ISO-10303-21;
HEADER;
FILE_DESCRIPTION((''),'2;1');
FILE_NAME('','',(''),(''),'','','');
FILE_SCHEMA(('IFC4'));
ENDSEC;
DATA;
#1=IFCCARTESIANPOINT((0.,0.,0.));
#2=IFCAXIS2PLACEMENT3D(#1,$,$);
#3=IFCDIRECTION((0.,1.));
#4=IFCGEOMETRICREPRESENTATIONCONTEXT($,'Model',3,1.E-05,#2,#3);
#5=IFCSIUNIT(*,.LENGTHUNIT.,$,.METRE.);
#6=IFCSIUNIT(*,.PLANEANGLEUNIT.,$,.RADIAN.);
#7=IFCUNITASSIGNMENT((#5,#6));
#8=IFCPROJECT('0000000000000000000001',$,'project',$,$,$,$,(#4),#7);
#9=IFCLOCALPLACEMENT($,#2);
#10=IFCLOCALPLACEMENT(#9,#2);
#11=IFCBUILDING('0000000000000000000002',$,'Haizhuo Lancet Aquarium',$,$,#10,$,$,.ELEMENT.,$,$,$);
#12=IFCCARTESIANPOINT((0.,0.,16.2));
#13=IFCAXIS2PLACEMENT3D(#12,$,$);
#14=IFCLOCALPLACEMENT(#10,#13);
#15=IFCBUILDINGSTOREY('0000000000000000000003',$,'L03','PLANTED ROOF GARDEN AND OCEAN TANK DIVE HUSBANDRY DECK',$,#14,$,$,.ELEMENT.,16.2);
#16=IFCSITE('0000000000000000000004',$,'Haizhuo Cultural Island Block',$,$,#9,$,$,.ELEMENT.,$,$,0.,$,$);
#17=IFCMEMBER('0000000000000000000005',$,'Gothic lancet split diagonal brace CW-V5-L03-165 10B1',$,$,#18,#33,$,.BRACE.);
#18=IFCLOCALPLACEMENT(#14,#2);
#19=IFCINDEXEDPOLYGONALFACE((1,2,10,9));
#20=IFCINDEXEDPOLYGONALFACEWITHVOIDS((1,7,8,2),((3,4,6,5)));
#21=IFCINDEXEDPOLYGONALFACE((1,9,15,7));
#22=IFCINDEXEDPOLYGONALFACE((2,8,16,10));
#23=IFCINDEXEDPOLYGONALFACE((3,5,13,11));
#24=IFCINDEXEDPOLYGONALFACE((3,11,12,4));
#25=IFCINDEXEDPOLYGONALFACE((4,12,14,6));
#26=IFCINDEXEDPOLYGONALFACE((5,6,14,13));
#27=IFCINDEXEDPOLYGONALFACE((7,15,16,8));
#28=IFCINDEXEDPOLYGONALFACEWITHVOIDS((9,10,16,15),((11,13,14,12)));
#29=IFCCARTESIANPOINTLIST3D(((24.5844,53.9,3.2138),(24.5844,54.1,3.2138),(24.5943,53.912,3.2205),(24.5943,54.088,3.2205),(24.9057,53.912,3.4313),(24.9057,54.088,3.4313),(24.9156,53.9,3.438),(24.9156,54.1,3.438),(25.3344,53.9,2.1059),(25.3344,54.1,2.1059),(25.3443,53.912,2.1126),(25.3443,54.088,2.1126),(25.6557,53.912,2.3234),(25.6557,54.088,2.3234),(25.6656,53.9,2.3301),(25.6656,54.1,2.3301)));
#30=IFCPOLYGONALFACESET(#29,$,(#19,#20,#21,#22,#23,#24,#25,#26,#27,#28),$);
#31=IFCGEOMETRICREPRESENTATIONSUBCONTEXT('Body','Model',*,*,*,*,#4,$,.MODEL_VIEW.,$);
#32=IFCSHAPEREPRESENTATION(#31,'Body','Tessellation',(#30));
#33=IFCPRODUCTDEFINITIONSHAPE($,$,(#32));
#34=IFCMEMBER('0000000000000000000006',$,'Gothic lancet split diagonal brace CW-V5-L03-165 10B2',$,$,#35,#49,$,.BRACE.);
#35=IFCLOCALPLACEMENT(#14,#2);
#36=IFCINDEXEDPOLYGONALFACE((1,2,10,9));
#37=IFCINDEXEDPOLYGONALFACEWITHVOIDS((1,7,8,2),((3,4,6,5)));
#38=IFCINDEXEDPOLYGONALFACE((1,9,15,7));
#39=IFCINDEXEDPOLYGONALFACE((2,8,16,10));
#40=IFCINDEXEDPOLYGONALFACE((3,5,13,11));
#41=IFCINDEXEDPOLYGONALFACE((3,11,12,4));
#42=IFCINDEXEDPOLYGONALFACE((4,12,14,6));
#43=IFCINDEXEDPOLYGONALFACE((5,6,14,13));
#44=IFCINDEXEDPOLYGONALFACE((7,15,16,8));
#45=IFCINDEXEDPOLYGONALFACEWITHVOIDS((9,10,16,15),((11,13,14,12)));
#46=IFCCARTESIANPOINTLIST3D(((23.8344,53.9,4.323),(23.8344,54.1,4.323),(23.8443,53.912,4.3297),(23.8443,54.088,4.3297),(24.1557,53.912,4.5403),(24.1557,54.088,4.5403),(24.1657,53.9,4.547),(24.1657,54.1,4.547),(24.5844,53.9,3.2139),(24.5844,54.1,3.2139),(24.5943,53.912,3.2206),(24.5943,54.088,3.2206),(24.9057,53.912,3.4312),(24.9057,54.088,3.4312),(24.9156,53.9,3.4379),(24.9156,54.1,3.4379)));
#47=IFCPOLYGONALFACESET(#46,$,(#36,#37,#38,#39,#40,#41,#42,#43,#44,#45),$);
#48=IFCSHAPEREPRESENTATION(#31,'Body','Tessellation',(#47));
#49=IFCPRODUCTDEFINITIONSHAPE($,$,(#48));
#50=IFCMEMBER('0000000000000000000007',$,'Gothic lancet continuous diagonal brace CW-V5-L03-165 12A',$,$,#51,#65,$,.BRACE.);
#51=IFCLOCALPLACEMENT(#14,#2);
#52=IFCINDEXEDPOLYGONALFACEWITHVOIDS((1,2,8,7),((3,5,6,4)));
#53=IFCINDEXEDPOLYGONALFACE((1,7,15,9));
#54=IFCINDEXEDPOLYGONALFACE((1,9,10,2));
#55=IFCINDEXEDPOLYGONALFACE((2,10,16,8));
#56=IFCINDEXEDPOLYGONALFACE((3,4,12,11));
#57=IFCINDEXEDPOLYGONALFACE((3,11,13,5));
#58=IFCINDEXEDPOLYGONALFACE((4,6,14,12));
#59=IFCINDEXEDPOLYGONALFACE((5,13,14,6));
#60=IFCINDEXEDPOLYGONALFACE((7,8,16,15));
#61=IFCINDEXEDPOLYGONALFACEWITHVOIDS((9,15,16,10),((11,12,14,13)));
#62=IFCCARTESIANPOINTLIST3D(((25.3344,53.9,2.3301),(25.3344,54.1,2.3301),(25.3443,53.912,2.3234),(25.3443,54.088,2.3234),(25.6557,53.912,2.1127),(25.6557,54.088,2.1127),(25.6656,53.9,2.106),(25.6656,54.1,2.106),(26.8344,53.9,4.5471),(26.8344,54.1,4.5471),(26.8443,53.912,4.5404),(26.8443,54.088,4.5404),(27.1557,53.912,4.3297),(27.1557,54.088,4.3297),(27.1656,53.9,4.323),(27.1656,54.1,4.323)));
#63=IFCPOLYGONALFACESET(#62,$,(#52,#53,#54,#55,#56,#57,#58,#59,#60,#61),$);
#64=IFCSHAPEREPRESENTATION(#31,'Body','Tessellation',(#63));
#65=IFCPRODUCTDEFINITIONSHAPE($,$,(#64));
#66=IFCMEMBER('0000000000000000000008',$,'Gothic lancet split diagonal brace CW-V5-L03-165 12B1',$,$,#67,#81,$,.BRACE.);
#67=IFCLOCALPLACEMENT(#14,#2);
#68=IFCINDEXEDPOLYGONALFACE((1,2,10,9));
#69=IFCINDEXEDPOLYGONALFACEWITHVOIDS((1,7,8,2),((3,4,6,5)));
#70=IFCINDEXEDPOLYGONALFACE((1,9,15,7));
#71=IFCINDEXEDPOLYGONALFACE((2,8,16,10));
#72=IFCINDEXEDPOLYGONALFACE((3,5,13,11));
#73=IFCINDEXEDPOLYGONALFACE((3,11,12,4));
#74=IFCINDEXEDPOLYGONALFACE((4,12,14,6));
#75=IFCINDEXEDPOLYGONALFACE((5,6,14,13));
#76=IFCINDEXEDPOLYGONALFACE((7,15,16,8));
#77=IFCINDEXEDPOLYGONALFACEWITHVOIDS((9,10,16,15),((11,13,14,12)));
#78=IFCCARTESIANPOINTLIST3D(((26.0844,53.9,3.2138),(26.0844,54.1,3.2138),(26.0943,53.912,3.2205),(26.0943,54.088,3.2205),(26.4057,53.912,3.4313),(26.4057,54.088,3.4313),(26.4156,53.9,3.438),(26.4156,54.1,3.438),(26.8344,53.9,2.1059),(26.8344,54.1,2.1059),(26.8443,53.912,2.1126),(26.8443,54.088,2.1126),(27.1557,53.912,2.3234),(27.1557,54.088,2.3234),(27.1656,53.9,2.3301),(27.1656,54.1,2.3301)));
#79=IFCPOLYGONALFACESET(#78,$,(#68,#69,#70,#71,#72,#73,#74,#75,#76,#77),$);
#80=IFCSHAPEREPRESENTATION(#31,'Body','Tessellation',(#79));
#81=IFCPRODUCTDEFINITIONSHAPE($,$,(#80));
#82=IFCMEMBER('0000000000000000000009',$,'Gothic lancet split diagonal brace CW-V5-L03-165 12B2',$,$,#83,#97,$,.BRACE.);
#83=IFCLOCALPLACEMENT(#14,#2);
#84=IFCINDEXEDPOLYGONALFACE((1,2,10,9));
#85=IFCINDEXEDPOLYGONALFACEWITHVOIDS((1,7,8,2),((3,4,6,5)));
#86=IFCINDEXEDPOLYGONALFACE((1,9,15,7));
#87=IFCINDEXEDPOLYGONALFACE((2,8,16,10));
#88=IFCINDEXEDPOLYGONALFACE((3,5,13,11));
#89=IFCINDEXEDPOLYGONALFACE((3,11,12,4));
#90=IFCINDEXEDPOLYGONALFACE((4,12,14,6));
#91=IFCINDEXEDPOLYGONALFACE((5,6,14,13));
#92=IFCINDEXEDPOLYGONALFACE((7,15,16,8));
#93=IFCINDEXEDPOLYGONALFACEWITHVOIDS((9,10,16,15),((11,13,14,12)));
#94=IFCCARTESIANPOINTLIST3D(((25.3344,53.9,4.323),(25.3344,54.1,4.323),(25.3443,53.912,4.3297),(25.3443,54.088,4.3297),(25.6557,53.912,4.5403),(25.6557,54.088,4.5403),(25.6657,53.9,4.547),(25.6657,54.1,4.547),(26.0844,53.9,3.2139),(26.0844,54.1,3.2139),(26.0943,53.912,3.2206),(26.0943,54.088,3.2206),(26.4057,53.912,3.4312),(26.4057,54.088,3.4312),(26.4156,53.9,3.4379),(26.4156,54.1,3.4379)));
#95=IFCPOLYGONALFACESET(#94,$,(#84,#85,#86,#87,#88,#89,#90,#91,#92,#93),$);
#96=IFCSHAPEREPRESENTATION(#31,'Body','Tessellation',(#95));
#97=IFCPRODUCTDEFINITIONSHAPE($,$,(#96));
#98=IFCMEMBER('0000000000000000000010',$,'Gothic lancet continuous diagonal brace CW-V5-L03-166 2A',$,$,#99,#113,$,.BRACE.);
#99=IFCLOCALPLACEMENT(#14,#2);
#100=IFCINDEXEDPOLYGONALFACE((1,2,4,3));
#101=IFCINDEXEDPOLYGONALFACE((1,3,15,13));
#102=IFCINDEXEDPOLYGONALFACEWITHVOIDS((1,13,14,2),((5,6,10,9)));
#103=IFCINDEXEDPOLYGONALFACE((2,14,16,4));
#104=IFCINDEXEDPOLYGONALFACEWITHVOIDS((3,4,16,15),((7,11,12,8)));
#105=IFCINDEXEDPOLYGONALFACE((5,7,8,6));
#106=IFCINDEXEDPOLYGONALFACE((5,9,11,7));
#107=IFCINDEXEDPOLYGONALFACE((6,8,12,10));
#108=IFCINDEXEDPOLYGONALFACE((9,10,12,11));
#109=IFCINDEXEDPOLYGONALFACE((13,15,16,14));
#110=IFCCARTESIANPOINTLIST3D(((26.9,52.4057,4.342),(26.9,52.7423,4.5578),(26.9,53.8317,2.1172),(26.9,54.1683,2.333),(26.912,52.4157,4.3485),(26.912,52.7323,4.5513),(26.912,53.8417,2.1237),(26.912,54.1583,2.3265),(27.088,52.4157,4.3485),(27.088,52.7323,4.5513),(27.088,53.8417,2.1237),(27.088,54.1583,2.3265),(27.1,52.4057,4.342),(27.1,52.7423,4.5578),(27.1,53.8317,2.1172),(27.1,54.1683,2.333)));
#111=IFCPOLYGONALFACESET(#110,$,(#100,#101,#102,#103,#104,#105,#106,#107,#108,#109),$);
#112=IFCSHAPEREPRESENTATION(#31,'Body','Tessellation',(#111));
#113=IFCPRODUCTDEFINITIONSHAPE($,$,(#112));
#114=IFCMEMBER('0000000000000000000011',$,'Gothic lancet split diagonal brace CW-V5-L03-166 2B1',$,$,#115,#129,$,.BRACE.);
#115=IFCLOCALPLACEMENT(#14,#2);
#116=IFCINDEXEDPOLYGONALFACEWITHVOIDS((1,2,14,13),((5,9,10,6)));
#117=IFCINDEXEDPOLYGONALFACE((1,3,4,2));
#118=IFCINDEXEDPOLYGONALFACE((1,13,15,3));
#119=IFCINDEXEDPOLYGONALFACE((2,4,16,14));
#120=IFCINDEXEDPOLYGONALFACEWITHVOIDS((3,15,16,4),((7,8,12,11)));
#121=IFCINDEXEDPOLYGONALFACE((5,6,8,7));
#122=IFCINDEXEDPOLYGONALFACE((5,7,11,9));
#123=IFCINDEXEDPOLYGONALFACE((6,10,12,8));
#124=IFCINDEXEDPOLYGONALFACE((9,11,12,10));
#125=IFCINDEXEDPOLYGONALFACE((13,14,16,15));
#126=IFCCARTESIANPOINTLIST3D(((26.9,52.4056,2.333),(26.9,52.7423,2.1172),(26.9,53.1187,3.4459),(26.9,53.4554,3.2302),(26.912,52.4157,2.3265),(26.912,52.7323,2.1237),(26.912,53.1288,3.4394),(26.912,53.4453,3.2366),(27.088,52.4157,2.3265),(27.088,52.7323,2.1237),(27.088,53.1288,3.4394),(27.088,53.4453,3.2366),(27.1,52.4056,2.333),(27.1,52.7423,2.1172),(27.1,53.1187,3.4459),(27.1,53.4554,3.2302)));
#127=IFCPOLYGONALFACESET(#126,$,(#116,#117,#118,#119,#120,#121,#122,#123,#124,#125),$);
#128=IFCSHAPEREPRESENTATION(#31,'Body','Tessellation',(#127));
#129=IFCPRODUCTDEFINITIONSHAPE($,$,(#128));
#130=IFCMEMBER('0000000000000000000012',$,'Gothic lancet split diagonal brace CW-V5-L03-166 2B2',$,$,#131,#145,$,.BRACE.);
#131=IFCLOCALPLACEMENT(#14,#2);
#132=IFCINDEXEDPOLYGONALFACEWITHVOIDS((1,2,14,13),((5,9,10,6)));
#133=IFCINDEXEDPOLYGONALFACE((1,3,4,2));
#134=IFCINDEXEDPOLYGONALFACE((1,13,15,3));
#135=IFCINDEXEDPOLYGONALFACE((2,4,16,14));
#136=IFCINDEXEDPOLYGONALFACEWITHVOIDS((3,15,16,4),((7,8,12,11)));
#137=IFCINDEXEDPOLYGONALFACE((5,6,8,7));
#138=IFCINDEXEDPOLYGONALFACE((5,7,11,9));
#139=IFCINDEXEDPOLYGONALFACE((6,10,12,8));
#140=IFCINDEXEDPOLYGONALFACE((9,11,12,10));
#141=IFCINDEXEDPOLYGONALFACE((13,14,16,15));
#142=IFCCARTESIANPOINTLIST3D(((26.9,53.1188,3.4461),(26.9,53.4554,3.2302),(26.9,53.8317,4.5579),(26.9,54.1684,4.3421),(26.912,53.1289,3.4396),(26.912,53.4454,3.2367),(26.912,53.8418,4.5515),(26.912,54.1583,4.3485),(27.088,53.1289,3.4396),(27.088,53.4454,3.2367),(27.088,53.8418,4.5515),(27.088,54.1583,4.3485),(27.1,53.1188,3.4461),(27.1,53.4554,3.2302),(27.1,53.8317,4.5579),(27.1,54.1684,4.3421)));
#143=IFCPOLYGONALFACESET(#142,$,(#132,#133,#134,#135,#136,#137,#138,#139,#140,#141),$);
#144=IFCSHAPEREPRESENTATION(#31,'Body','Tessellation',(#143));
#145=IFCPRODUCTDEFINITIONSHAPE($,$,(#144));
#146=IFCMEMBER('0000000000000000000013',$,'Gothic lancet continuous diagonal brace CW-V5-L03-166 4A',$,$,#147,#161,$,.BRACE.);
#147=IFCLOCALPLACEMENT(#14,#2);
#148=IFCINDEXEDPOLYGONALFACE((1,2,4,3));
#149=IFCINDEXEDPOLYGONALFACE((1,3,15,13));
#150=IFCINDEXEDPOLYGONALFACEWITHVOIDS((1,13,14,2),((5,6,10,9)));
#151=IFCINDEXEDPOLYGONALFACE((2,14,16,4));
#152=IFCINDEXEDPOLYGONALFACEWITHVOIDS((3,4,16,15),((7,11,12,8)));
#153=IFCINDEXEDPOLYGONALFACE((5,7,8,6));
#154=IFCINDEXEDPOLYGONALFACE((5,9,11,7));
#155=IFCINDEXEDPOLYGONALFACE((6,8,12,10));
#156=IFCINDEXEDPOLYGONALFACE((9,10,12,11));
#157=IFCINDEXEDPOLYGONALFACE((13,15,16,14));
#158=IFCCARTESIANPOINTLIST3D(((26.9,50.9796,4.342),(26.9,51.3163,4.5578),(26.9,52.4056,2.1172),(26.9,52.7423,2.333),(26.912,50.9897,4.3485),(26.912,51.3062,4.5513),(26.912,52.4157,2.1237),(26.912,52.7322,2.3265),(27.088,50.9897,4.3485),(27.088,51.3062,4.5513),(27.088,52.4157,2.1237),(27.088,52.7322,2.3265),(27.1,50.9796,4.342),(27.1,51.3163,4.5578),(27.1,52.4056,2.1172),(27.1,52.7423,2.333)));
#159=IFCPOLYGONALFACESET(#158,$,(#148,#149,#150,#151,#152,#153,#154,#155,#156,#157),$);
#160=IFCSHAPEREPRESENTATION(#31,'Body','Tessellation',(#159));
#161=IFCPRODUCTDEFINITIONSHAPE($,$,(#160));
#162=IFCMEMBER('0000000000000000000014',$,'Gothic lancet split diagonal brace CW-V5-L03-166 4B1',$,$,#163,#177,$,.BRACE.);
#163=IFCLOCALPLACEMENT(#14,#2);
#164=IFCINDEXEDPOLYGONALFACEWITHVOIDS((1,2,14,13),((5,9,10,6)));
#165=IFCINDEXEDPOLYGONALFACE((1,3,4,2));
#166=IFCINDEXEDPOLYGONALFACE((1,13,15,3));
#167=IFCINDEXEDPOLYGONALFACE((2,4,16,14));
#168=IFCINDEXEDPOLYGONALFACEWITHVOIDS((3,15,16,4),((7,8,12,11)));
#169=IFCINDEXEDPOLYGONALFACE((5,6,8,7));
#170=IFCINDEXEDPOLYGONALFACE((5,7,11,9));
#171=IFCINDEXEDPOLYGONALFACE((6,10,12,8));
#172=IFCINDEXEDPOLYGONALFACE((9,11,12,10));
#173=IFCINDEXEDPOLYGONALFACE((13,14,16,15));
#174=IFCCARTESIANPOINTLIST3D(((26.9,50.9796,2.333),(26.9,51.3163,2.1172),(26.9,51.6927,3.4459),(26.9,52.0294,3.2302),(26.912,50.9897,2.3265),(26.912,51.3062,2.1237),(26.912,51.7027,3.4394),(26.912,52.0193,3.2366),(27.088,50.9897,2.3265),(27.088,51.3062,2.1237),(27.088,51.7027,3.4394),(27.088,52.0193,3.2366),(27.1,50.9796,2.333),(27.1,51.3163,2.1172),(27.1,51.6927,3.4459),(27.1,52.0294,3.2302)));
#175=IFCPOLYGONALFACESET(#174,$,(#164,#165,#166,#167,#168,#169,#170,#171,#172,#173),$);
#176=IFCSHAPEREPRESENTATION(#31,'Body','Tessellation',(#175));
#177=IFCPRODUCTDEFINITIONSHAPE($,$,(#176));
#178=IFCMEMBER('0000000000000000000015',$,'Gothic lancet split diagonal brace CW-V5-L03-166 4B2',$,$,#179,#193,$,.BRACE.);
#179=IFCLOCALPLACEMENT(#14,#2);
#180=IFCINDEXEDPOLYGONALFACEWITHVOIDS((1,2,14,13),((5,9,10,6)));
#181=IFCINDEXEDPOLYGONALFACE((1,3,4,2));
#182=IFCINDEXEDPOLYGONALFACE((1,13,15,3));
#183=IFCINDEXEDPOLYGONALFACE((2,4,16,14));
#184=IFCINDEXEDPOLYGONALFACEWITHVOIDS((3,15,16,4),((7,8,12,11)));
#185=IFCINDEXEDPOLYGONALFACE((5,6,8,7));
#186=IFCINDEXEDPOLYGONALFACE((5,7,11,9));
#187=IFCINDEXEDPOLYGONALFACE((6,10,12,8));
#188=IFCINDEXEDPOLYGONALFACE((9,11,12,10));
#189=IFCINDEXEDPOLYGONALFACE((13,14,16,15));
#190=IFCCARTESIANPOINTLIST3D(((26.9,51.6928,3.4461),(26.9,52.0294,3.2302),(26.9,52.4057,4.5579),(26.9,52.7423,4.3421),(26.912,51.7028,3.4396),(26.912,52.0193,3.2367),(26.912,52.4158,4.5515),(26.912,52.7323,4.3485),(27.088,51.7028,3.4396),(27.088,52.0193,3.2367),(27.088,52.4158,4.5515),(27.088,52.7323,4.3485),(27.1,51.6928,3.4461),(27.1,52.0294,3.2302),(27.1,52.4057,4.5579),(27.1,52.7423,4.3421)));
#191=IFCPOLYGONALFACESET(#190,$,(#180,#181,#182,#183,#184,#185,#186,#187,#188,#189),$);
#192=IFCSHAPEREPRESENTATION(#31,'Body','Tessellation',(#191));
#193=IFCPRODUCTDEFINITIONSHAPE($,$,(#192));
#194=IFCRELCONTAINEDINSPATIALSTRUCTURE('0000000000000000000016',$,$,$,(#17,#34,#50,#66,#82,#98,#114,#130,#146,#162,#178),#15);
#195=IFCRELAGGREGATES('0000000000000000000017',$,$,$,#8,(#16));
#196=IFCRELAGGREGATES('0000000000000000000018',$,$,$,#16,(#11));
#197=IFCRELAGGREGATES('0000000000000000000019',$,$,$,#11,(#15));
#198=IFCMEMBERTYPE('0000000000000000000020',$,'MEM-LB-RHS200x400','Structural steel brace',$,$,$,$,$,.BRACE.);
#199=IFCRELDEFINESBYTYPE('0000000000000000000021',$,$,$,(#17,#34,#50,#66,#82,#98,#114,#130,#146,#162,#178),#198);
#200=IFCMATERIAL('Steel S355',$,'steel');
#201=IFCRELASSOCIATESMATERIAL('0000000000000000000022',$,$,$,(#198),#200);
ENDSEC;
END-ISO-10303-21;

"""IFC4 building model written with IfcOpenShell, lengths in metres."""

from ifc_helpers import new_model, si_unit, direction, frame, origin, origin_2d, place, context, subcontext, project, spatial, hollow_rectangle, extrude, material, material_profile, profile_set, type_object, element, save


model = new_model("IFC4")

# Units and contexts
model_context = context("Model", 3, precision=1e-05, world=origin(), true_north=direction((0.0, 1.0)))
body_context = subcontext(model_context, "Body", "Model", "MODEL_VIEW")
ifc_project = project(units=[si_unit("LENGTHUNIT", "METRE"), si_unit("PLANEANGLEUNIT", "RADIAN")], contexts=[model_context])

# Site, building, storey
site_placement = place(None, origin())
site = spatial("IfcSite", under=ifc_project, at=site_placement, Name="Haizhuo Cultural Island Block", CompositionType="ELEMENT", RefElevation=0.0)
building_placement = place(site_placement, origin())
building = spatial("IfcBuilding", under=site, at=building_placement, Name="Haizhuo Lancet Aquarium", CompositionType="ELEMENT")
storey_placement = place(building_placement, frame((0.0, 0.0, 16.2)))
storey = spatial("IfcBuildingStorey", under=building, at=storey_placement, Name="L03", Description="PLANTED ROOF GARDEN AND OCEAN TANK DIVE HUSBANDRY DECK", CompositionType="ELEMENT", Elevation=16.2)

# Members
ifc_material_1 = material(Name="Steel S355", Category="steel")
ifc_material_profile_1 = material_profile(ifc_material_1, hollow_rectangle(XDim=0.2, YDim=0.3999, WallThickness=0.012, at=origin_2d()), Name="RHS 200x400x12")
ifc_profile_set_1 = profile_set([ifc_material_profile_1], Name="Steel S355")
member_type_1 = type_object("IfcMemberType", Name="MEM-LB-RHS200x400", Description="Structural steel brace", PredefinedType="BRACE", material=ifc_profile_set_1)
member_1_placement = place(storey_placement, frame((25.5, 54.0, 2.218), z_axis=(-0.560582, 0.0, 0.828099), x_axis=(0.0, -1.0, 0.0)))
element("IfcMember", 1, at=member_1_placement, inside=storey, type_object=member_type_1, Name="Gothic lancet split diagonal brace CW-V5-L03-165 10B1", PredefinedType="BRACE", context=body_context, shape_type="SweptSolid", body=[
    extrude(hollow_rectangle(XDim=0.2, YDim=0.3999, WallThickness=0.012, at=origin_2d()), origin(), (0.0, 0.0, 1.0), 1.3379),
])
member_2_placement = place(storey_placement, frame((24.75, 54.0, 3.3259), z_axis=(-0.560159, 0.0, 0.828385), x_axis=(0.0, -1.0, 0.0)))
element("IfcMember", 2, at=member_2_placement, inside=storey, type_object=member_type_1, Name="Gothic lancet split diagonal brace CW-V5-L03-165 10B2", PredefinedType="BRACE", context=body_context, shape_type="SweptSolid", body=[
    extrude(hollow_rectangle(XDim=0.2, YDim=0.3999, WallThickness=0.012, at=origin_2d()), origin(), (0.0, 0.0, 1.0), 1.3389),
])
member_3_placement = place(storey_placement, frame((25.5, 54.0, 2.218), z_axis=(0.56037, 0.0, 0.828242), x_axis=(0.0, 1.0, 0.0)))
element("IfcMember", 3, at=member_3_placement, inside=storey, type_object=member_type_1, Name="Gothic lancet continuous diagonal brace CW-V5-L03-165 12A", PredefinedType="BRACE", context=body_context, shape_type="SweptSolid", body=[
    extrude(hollow_rectangle(XDim=0.2, YDim=0.3999, WallThickness=0.012, at=origin_2d()), origin(), (0.0, 0.0, 1.0), 2.6768),
])
member_4_placement = place(storey_placement, frame((27.0, 54.0, 2.218), z_axis=(-0.560582, 0.0, 0.828099), x_axis=(0.0, -1.0, 0.0)))
element("IfcMember", 4, at=member_4_placement, inside=storey, type_object=member_type_1, Name="Gothic lancet split diagonal brace CW-V5-L03-165 12B1", PredefinedType="BRACE", context=body_context, shape_type="SweptSolid", body=[
    extrude(hollow_rectangle(XDim=0.2, YDim=0.3999, WallThickness=0.012, at=origin_2d()), origin(), (0.0, 0.0, 1.0), 1.3379),
])
member_5_placement = place(storey_placement, frame((26.25, 54.0, 3.3259), z_axis=(-0.560159, 0.0, 0.828385), x_axis=(0.0, -1.0, 0.0)))
element("IfcMember", 5, at=member_5_placement, inside=storey, type_object=member_type_1, Name="Gothic lancet split diagonal brace CW-V5-L03-165 12B2", PredefinedType="BRACE", context=body_context, shape_type="SweptSolid", body=[
    extrude(hollow_rectangle(XDim=0.2, YDim=0.3999, WallThickness=0.012, at=origin_2d()), origin(), (0.0, 0.0, 1.0), 1.3389),
])
member_6_placement = place(storey_placement, frame((27.0, 54.0, 2.2251), z_axis=(0.0, -0.539622, 0.841907), x_axis=(1.0, 0.0, 0.0)))
element("IfcMember", 6, at=member_6_placement, inside=storey, type_object=member_type_1, Name="Gothic lancet continuous diagonal brace CW-V5-L03-166 2A", PredefinedType="BRACE", context=body_context, shape_type="SweptSolid", body=[
    extrude(hollow_rectangle(XDim=0.2, YDim=0.3999, WallThickness=0.012, at=origin_2d()), origin(), (0.0, 0.0, 1.0), 2.6426),
])
member_7_placement = place(storey_placement, frame((27.0, 52.574, 2.2251), z_axis=(0.0, 0.539478, 0.842), x_axis=(-1.0, 0.0, 0.0)))
element("IfcMember", 7, at=member_7_placement, inside=storey, type_object=member_type_1, Name="Gothic lancet split diagonal brace CW-V5-L03-166 2B1", PredefinedType="BRACE", context=body_context, shape_type="SweptSolid", body=[
    extrude(hollow_rectangle(XDim=0.2, YDim=0.3999, WallThickness=0.012, at=origin_2d()), origin(), (0.0, 0.0, 1.0), 1.3218),
])
member_8_placement = place(storey_placement, frame((27.0, 53.2871, 3.3381), z_axis=(0.0, 0.539767, 0.841815), x_axis=(-1.0, 0.0, 0.0)))
element("IfcMember", 8, at=member_8_placement, inside=storey, type_object=member_type_1, Name="Gothic lancet split diagonal brace CW-V5-L03-166 2B2", PredefinedType="BRACE", context=body_context, shape_type="SweptSolid", body=[
    extrude(hollow_rectangle(XDim=0.2, YDim=0.3999, WallThickness=0.012, at=origin_2d()), origin(), (0.0, 0.0, 1.0), 1.3208),
])
member_9_placement = place(storey_placement, frame((27.0, 52.574, 2.2251), z_axis=(0.0, -0.539622, 0.841907), x_axis=(1.0, 0.0, 0.0)))
element("IfcMember", 9, at=member_9_placement, inside=storey, type_object=member_type_1, Name="Gothic lancet continuous diagonal brace CW-V5-L03-166 4A", PredefinedType="BRACE", context=body_context, shape_type="SweptSolid", body=[
    extrude(hollow_rectangle(XDim=0.2, YDim=0.3999, WallThickness=0.012, at=origin_2d()), origin(), (0.0, 0.0, 1.0), 2.6426),
])
member_10_placement = place(storey_placement, frame((27.0, 51.1479, 2.2251), z_axis=(0.0, 0.539478, 0.842), x_axis=(-1.0, 0.0, 0.0)))
element("IfcMember", 10, at=member_10_placement, inside=storey, type_object=member_type_1, Name="Gothic lancet split diagonal brace CW-V5-L03-166 4B1", PredefinedType="BRACE", context=body_context, shape_type="SweptSolid", body=[
    extrude(hollow_rectangle(XDim=0.2, YDim=0.3999, WallThickness=0.012, at=origin_2d()), origin(), (0.0, 0.0, 1.0), 1.3218),
])
member_11_placement = place(storey_placement, frame((27.0, 51.8611, 3.3381), z_axis=(0.0, 0.539767, 0.841815), x_axis=(-1.0, 0.0, 0.0)))
element("IfcMember", 11, at=member_11_placement, inside=storey, type_object=member_type_1, Name="Gothic lancet split diagonal brace CW-V5-L03-166 4B2", PredefinedType="BRACE", context=body_context, shape_type="SweptSolid", body=[
    extrude(hollow_rectangle(XDim=0.2, YDim=0.3999, WallThickness=0.012, at=origin_2d()), origin(), (0.0, 0.0, 1.0), 1.3208),
])

save(model, "model.ifc")
